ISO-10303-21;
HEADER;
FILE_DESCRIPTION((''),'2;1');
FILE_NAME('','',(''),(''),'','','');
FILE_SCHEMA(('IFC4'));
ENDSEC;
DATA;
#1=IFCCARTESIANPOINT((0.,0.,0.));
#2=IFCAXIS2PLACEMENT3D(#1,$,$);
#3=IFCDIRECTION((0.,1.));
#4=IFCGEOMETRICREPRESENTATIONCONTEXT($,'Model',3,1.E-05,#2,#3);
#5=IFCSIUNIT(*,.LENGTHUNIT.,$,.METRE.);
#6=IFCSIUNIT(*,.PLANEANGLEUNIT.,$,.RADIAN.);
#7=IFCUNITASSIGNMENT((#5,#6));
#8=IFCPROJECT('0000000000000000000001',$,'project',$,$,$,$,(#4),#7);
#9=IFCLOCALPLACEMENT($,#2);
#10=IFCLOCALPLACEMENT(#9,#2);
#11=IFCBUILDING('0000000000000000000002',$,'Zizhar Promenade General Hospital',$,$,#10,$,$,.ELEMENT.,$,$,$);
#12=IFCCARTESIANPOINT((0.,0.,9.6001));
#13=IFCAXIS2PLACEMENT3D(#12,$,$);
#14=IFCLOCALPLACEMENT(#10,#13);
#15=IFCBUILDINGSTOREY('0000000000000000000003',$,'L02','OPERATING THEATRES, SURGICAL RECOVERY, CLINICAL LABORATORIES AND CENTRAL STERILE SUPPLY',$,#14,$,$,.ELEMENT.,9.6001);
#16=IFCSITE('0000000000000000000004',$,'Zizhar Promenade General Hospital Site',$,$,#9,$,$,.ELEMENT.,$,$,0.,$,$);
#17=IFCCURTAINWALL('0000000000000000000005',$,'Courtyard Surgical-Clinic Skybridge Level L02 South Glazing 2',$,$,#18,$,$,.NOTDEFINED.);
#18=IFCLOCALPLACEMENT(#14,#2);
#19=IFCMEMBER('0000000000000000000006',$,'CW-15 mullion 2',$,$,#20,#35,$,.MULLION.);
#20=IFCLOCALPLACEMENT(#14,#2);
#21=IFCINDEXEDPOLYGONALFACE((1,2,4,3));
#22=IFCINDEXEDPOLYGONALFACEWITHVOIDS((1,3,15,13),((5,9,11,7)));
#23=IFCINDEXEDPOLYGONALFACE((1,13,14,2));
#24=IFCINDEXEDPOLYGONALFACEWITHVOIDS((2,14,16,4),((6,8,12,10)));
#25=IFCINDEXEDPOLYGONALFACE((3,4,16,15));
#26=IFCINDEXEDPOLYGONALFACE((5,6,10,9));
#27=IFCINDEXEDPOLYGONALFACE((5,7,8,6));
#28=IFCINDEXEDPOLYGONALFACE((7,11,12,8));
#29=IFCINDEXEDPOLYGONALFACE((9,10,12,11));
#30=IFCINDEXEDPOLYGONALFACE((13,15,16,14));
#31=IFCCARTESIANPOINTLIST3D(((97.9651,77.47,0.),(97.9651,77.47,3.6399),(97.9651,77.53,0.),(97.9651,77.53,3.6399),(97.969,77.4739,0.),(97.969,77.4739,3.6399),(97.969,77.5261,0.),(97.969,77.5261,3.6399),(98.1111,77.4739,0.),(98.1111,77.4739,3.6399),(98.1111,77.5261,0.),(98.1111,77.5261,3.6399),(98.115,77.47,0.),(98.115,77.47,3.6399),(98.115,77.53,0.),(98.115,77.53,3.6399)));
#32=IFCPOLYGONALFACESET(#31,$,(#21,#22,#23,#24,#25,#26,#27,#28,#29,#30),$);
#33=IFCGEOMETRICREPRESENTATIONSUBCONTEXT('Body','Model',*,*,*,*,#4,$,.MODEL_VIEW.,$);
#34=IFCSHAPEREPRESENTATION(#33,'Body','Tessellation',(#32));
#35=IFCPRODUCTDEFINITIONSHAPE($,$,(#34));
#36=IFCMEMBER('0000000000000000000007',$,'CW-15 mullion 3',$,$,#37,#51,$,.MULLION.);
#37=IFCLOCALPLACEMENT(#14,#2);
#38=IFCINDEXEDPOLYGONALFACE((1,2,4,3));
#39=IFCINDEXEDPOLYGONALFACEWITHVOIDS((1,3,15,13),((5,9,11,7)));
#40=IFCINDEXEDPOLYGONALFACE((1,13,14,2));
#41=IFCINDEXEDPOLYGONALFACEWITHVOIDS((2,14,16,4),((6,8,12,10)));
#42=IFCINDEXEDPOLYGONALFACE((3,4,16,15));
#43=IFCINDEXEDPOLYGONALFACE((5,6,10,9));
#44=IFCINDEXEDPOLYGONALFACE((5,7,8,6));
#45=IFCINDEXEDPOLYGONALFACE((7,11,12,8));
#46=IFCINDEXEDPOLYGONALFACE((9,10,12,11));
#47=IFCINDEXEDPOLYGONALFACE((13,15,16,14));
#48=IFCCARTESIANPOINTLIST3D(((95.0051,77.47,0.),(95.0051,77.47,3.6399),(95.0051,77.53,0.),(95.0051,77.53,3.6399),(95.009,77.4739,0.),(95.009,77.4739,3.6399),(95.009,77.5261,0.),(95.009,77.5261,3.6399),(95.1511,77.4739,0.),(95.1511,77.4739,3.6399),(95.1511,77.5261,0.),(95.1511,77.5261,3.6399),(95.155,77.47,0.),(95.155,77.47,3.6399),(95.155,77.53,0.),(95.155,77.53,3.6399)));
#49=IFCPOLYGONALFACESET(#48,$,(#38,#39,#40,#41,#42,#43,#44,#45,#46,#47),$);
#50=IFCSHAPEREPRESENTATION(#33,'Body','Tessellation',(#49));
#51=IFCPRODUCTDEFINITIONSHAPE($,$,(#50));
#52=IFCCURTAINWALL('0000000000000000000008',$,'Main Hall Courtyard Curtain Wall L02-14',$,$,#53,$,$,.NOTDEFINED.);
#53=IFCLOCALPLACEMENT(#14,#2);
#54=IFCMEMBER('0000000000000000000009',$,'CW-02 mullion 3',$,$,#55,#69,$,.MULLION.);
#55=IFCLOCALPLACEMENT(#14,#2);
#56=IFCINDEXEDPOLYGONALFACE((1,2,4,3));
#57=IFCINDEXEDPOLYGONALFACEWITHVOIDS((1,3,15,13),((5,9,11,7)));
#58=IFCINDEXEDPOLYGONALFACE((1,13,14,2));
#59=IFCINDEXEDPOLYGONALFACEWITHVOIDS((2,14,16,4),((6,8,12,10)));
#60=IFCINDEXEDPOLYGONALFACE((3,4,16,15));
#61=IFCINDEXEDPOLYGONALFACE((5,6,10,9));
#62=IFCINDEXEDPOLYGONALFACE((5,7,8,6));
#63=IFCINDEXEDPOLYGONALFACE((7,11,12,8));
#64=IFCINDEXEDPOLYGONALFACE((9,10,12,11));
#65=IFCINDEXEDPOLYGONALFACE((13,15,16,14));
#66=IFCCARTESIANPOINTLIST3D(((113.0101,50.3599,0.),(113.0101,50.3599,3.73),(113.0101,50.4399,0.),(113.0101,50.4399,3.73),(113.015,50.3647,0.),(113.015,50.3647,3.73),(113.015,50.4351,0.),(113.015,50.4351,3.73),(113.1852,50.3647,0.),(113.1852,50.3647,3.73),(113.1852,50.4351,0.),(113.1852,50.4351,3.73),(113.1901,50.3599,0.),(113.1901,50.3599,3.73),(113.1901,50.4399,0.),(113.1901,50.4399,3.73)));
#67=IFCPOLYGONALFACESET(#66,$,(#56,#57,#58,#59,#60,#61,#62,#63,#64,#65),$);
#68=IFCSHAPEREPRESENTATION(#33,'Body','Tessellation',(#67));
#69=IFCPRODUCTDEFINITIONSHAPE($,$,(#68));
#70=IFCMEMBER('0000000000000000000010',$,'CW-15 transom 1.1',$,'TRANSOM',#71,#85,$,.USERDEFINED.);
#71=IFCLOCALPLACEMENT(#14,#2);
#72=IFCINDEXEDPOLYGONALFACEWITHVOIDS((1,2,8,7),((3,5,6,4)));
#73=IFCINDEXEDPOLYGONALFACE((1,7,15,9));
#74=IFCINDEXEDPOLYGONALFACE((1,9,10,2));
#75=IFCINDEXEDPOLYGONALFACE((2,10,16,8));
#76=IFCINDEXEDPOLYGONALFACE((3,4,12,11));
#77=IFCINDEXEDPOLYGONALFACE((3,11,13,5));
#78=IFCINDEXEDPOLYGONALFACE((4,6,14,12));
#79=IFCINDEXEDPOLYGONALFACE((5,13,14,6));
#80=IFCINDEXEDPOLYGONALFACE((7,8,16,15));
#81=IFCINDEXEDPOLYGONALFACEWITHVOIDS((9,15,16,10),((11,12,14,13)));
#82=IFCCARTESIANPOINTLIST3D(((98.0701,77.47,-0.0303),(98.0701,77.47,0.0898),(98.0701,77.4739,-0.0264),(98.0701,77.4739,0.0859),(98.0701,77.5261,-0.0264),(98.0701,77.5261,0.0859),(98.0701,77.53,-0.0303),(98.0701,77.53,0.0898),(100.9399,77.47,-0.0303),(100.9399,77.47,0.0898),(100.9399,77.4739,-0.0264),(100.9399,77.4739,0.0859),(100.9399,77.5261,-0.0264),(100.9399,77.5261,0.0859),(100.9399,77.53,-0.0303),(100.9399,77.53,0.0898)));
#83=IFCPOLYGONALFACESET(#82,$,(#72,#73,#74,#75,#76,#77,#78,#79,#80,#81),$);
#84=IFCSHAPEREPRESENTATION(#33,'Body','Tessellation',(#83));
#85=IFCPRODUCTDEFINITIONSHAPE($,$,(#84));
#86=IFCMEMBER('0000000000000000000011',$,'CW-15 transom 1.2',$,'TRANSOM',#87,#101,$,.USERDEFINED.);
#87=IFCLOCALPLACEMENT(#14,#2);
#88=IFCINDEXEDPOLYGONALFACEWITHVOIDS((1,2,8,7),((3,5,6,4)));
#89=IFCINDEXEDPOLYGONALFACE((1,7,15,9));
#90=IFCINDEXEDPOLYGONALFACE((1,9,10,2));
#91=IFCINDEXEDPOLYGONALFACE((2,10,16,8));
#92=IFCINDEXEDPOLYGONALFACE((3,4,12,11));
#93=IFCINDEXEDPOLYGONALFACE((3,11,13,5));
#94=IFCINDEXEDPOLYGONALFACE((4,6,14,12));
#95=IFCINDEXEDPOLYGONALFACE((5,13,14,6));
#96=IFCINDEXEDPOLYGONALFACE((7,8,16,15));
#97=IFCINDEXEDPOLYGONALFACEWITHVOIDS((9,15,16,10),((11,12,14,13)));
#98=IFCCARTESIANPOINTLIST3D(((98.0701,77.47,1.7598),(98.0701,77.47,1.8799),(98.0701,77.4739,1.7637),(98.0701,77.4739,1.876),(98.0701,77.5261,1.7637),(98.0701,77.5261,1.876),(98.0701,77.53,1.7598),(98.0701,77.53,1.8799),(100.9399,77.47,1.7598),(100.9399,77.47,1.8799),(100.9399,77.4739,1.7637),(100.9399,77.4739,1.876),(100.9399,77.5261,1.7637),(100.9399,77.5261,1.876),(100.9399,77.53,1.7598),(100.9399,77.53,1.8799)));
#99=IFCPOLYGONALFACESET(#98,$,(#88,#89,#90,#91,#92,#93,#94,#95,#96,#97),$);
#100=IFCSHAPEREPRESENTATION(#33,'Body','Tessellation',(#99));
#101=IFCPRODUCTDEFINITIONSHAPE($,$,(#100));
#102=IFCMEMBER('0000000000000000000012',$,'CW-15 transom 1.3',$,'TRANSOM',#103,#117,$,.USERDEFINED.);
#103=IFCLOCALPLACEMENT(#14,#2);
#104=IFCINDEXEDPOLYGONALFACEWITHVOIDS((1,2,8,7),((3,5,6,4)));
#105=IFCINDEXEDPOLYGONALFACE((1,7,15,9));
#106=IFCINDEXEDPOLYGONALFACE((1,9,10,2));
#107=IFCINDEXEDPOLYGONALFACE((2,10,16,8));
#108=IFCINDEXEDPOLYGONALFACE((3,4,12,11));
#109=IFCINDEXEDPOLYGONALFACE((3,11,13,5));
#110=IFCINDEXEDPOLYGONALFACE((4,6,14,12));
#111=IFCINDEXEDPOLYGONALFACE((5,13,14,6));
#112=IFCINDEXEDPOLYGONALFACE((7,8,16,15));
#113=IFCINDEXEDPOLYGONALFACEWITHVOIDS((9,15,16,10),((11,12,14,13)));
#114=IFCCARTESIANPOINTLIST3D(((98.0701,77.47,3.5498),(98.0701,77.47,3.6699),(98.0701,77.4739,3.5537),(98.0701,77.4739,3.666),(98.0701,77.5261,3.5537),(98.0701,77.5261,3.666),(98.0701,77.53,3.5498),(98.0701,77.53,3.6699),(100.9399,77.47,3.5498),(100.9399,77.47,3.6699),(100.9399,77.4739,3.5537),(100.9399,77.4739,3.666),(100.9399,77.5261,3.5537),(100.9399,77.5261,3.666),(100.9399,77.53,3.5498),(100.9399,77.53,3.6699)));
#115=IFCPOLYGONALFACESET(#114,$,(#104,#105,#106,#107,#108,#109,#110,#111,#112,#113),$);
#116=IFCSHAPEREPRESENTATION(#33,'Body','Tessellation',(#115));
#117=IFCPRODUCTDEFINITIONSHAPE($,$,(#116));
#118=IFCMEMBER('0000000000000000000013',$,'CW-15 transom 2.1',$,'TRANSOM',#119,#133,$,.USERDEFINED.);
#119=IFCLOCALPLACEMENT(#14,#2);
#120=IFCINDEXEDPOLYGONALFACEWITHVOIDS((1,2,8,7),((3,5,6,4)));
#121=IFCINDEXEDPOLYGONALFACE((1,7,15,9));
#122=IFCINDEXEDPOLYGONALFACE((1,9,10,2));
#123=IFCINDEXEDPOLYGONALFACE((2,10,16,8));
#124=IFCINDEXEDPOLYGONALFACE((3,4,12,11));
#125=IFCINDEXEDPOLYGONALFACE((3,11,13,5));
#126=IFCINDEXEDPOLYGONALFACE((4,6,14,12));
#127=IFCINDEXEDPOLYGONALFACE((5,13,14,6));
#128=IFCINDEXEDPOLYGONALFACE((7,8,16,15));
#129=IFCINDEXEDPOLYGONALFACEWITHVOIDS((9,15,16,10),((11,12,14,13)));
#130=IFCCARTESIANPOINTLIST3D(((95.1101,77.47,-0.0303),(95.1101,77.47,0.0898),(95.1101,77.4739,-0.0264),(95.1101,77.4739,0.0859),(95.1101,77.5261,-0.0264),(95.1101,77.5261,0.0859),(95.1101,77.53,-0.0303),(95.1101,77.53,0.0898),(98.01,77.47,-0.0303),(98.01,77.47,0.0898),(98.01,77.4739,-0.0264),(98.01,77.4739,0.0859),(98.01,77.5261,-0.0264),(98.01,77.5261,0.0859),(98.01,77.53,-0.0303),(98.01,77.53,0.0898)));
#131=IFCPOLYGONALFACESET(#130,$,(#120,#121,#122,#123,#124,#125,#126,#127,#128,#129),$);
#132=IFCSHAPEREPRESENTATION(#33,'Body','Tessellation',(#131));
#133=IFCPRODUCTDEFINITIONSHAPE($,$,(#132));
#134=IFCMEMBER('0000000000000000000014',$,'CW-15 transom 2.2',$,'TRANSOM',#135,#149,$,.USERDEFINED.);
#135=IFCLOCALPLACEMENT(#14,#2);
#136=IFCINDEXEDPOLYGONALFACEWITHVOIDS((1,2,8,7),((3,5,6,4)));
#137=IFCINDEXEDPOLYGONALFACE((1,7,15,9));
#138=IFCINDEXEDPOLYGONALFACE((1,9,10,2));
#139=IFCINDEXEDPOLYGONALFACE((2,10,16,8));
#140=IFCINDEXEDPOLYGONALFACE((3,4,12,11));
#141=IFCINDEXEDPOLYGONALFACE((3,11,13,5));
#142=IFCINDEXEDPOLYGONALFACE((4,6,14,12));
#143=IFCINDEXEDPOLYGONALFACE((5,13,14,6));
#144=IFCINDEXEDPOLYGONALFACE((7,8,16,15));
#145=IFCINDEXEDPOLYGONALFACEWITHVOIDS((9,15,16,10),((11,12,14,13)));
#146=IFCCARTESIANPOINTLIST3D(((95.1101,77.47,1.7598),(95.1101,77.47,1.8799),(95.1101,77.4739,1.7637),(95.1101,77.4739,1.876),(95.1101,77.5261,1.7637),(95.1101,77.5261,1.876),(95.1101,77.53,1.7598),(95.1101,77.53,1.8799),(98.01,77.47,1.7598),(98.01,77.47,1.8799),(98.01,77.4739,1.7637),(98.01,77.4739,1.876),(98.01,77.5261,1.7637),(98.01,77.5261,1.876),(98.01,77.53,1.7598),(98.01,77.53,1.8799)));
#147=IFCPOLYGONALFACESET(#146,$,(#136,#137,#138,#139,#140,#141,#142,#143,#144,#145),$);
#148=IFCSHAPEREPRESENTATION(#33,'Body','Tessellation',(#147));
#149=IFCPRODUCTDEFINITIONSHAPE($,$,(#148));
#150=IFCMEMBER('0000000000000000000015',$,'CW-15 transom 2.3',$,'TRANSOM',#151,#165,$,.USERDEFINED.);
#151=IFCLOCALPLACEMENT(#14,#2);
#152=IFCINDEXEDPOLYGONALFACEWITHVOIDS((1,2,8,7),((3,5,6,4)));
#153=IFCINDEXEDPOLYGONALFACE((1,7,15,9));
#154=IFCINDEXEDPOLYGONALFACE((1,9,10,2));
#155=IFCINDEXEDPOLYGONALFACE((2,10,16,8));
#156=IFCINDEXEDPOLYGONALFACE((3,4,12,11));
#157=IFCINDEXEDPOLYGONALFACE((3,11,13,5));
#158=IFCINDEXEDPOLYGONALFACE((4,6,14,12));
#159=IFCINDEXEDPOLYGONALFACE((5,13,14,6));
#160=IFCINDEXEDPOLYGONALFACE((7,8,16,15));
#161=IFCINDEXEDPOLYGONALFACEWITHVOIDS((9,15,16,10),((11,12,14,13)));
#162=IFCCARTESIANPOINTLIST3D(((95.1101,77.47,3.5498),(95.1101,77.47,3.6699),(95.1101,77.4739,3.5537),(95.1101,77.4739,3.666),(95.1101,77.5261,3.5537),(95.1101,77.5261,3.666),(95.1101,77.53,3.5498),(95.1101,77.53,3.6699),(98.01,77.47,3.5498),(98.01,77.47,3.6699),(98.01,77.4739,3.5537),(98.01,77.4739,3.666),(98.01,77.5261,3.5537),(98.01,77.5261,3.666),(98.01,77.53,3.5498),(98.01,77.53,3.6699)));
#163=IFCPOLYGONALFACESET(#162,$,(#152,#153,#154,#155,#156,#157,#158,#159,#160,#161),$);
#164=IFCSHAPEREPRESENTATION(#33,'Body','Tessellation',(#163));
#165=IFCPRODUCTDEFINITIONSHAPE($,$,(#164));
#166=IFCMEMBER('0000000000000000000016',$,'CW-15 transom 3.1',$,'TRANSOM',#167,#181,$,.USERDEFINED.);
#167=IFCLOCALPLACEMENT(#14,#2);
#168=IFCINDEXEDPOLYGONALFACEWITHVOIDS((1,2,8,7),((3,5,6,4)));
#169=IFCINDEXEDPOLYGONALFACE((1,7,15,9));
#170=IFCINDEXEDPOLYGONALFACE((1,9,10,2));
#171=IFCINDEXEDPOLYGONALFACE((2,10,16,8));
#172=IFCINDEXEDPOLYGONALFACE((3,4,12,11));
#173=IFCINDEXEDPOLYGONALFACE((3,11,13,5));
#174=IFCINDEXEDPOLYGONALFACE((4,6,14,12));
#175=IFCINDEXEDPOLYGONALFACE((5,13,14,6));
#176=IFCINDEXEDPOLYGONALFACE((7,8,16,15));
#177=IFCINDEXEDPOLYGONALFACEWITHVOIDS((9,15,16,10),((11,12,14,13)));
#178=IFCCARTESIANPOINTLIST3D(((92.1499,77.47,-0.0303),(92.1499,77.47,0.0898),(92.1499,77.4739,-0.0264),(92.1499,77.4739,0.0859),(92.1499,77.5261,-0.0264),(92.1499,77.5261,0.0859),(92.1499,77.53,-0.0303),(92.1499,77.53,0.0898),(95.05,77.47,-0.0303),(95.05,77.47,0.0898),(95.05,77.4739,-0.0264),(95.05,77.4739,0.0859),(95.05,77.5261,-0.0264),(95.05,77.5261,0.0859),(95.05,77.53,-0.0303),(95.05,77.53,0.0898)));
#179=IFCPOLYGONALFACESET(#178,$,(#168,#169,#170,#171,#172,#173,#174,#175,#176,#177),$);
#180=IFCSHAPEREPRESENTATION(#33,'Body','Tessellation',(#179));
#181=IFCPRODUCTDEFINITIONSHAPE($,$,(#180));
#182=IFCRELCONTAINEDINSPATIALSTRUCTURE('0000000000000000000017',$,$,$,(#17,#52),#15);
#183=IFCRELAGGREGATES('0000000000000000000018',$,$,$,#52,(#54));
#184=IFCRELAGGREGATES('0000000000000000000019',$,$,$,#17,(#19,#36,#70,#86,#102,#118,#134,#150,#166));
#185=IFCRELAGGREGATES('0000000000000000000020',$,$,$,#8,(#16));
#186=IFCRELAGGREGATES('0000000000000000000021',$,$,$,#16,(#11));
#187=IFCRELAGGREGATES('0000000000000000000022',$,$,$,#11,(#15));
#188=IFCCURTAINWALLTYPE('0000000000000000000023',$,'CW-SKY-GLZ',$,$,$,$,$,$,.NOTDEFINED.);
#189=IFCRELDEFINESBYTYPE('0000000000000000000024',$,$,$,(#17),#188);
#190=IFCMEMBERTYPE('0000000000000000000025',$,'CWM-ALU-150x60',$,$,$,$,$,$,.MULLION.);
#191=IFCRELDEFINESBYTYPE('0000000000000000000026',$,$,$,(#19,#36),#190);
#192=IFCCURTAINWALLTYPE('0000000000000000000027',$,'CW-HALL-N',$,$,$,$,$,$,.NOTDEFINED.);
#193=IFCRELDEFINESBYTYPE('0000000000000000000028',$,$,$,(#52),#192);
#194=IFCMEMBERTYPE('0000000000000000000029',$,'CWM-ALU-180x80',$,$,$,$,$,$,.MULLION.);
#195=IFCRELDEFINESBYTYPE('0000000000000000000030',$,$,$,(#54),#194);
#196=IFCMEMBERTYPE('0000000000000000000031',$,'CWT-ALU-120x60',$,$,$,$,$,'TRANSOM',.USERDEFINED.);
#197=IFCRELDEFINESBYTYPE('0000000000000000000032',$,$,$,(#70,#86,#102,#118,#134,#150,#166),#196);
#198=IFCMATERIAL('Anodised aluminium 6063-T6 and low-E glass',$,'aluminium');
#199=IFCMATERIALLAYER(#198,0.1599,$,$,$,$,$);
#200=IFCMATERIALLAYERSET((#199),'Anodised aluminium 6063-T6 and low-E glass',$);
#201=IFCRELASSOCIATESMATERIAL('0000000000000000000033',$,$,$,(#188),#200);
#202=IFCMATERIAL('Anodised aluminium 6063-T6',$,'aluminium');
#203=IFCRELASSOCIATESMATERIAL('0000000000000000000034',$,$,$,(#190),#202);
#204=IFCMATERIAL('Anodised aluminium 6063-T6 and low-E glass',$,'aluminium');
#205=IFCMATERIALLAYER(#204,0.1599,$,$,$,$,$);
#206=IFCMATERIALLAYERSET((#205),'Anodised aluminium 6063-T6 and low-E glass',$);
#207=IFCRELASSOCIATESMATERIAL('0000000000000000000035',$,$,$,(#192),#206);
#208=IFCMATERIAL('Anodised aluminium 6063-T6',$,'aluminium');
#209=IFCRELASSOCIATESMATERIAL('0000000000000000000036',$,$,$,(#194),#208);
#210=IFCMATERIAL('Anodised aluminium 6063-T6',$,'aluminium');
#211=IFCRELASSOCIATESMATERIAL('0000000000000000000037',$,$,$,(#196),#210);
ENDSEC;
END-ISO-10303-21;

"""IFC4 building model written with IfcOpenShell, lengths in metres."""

from ifc_helpers import new_model, si_unit, direction, frame, origin, origin_2d, place, context, subcontext, project, spatial, hollow_rectangle, extrude, material, layer, layer_set, material_profile, profile_set, type_object, element, aggregate, save


model = new_model("IFC4")

# Units and contexts
model_context = context("Model", 3, precision=1e-05, world=origin(), true_north=direction((0.0, 1.0)))
body_context = subcontext(model_context, "Body", "Model", "MODEL_VIEW")
ifc_project = project(units=[si_unit("LENGTHUNIT", "METRE"), si_unit("PLANEANGLEUNIT", "RADIAN")], contexts=[model_context])

# Site, building, storey
site_placement = place(None, origin())
site = spatial("IfcSite", under=ifc_project, at=site_placement, Name="Zizhar Promenade General Hospital Site", CompositionType="ELEMENT", RefElevation=0.0)
building_placement = place(site_placement, origin())
building = spatial("IfcBuilding", under=site, at=building_placement, Name="Zizhar Promenade General Hospital", CompositionType="ELEMENT")
storey_placement = place(building_placement, frame((0.0, 0.0, 9.6001)))
storey = spatial("IfcBuildingStorey", under=building, at=storey_placement, Name="L02", Description="OPERATING THEATRES, SURGICAL RECOVERY, CLINICAL LABORATORIES AND CENTRAL STERILE SUPPLY", CompositionType="ELEMENT", Elevation=9.6001)

# Curtain wall, members
ifc_material_1 = material(Name="Anodised aluminium 6063-T6 and low-E glass", Category="aluminium")
ifc_layer_1 = layer(ifc_material_1, 0.1599)
ifc_layer_set_1 = layer_set([ifc_layer_1], Name="Anodised aluminium 6063-T6 and low-E glass")
curtain_wall_type_1 = type_object("IfcCurtainWallType", Name="CW-SKY-GLZ", PredefinedType="NOTDEFINED", material=ifc_layer_set_1)
curtain_wall_1_placement = place(storey_placement, origin())
curtain_wall_1 = element("IfcCurtainWall", 1, at=curtain_wall_1_placement, inside=storey, type_object=curtain_wall_type_1, Name="Courtyard Surgical-Clinic Skybridge Level L02 South Glazing 2", PredefinedType="NOTDEFINED")
ifc_material_2 = material(Name="Anodised aluminium 6063-T6", Category="aluminium")
ifc_material_profile_1 = material_profile(ifc_material_2, hollow_rectangle(XDim=0.0601, YDim=0.1499, WallThickness=0.0039, at=origin_2d()))
ifc_profile_set_1 = profile_set([ifc_material_profile_1], Name="Anodised aluminium 6063-T6")
member_type_1 = type_object("IfcMemberType", Name="CWM-ALU-150x60", PredefinedType="MULLION", material=ifc_profile_set_1)
member_1_placement = place(storey_placement, frame((98.04, 77.5, 0.0), z_axis=(0.0, 0.0, 1.0), x_axis=(0.0, -1.0, 0.0)))
member_1 = element("IfcMember", 2, at=member_1_placement, type_object=member_type_1, Name="CW-15 mullion 2", PredefinedType="MULLION", context=body_context, shape_type="SweptSolid", body=[
    extrude(hollow_rectangle(XDim=0.0601, YDim=0.1499, WallThickness=0.0039, at=origin_2d()), origin(), (0.0, 0.0, 1.0), 3.6399),
])
member_2_placement = place(storey_placement, frame((95.0801, 77.5, 0.0), z_axis=(0.0, 0.0, 1.0), x_axis=(0.0, -1.0, 0.0)))
member_2 = element("IfcMember", 3, at=member_2_placement, type_object=member_type_1, Name="CW-15 mullion 3", PredefinedType="MULLION", context=body_context, shape_type="SweptSolid", body=[
    extrude(hollow_rectangle(XDim=0.0601, YDim=0.1499, WallThickness=0.0039, at=origin_2d()), origin(), (0.0, 0.0, 1.0), 3.6399),
])

# Curtain wall, member
ifc_material_3 = material(Name="Anodised aluminium 6063-T6 and low-E glass", Category="aluminium")
ifc_layer_2 = layer(ifc_material_3, 0.1599)
ifc_layer_set_2 = layer_set([ifc_layer_2], Name="Anodised aluminium 6063-T6 and low-E glass")
curtain_wall_type_2 = type_object("IfcCurtainWallType", Name="CW-HALL-N", PredefinedType="NOTDEFINED", material=ifc_layer_set_2)
curtain_wall_2_placement = place(storey_placement, origin())
curtain_wall_2 = element("IfcCurtainWall", 4, at=curtain_wall_2_placement, inside=storey, type_object=curtain_wall_type_2, Name="Main Hall Courtyard Curtain Wall L02-14", PredefinedType="NOTDEFINED")
ifc_material_4 = material(Name="Anodised aluminium 6063-T6", Category="aluminium")
ifc_material_profile_2 = material_profile(ifc_material_4, hollow_rectangle(XDim=0.0801, YDim=0.1799, WallThickness=0.0049, at=origin_2d()))
ifc_profile_set_2 = profile_set([ifc_material_profile_2], Name="Anodised aluminium 6063-T6")
member_type_2 = type_object("IfcMemberType", Name="CWM-ALU-180x80", PredefinedType="MULLION", material=ifc_profile_set_2)
member_3_placement = place(storey_placement, frame((113.1001, 50.3999, 0.0), z_axis=(0.0, 0.0, 1.0), x_axis=(0.0, 1.0, 0.0)))
member_3 = element("IfcMember", 5, at=member_3_placement, type_object=member_type_2, Name="CW-02 mullion 3", PredefinedType="MULLION", context=body_context, shape_type="SweptSolid", body=[
    extrude(hollow_rectangle(XDim=0.0801, YDim=0.1799, WallThickness=0.0049, at=origin_2d()), origin(), (0.0, 0.0, 1.0), 3.73),
])

# Members
ifc_material_5 = material(Name="Anodised aluminium 6063-T6", Category="aluminium")
ifc_material_profile_3 = material_profile(ifc_material_5, hollow_rectangle(XDim=0.0601, YDim=0.1201, WallThickness=0.0039, at=origin_2d()))
ifc_profile_set_3 = profile_set([ifc_material_profile_3], Name="Anodised aluminium 6063-T6")
member_type_3 = type_object("IfcMemberType", Name="CWT-ALU-120x60", ElementType="TRANSOM", PredefinedType="USERDEFINED", material=ifc_profile_set_3)
member_4_placement = place(storey_placement, frame((100.9399, 77.5, 0.0298), z_axis=(-1.0, 0.0, 0.0), x_axis=(0.0, -1.0, 0.0)))
member_4 = element("IfcMember", 6, at=member_4_placement, type_object=member_type_3, Name="CW-15 transom 1.1", ObjectType="TRANSOM", PredefinedType="USERDEFINED", context=body_context, shape_type="SweptSolid", body=[
    extrude(hollow_rectangle(XDim=0.0601, YDim=0.1201, WallThickness=0.0039, at=origin_2d()), origin(), (0.0, 0.0, 1.0), 2.8699),
])
member_5_placement = place(storey_placement, frame((100.9399, 77.5, 1.8198), z_axis=(-1.0, 0.0, 0.0), x_axis=(0.0, -1.0, 0.0)))
member_5 = element("IfcMember", 7, at=member_5_placement, type_object=member_type_3, Name="CW-15 transom 1.2", ObjectType="TRANSOM", PredefinedType="USERDEFINED", context=body_context, shape_type="SweptSolid", body=[
    extrude(hollow_rectangle(XDim=0.0601, YDim=0.1201, WallThickness=0.0039, at=origin_2d()), origin(), (0.0, 0.0, 1.0), 2.8699),
])
member_6_placement = place(storey_placement, frame((100.9399, 77.5, 3.6099), z_axis=(-1.0, 0.0, 0.0), x_axis=(0.0, -1.0, 0.0)))
member_6 = element("IfcMember", 8, at=member_6_placement, type_object=member_type_3, Name="CW-15 transom 1.3", ObjectType="TRANSOM", PredefinedType="USERDEFINED", context=body_context, shape_type="SweptSolid", body=[
    extrude(hollow_rectangle(XDim=0.0601, YDim=0.1201, WallThickness=0.0039, at=origin_2d()), origin(), (0.0, 0.0, 1.0), 2.8699),
])
member_7_placement = place(storey_placement, frame((98.01, 77.5, 0.0298), z_axis=(-1.0, 0.0, 0.0), x_axis=(0.0, -1.0, 0.0)))
member_7 = element("IfcMember", 9, at=member_7_placement, type_object=member_type_3, Name="CW-15 transom 2.1", ObjectType="TRANSOM", PredefinedType="USERDEFINED", context=body_context, shape_type="SweptSolid", body=[
    extrude(hollow_rectangle(XDim=0.0601, YDim=0.1201, WallThickness=0.0039, at=origin_2d()), origin(), (0.0, 0.0, 1.0), 2.8999),
])
member_8_placement = place(storey_placement, frame((98.01, 77.5, 1.8198), z_axis=(-1.0, 0.0, 0.0), x_axis=(0.0, -1.0, 0.0)))
member_8 = element("IfcMember", 10, at=member_8_placement, type_object=member_type_3, Name="CW-15 transom 2.2", ObjectType="TRANSOM", PredefinedType="USERDEFINED", context=body_context, shape_type="SweptSolid", body=[
    extrude(hollow_rectangle(XDim=0.0601, YDim=0.1201, WallThickness=0.0039, at=origin_2d()), origin(), (0.0, 0.0, 1.0), 2.8999),
])
member_9_placement = place(storey_placement, frame((98.01, 77.5, 3.6099), z_axis=(-1.0, 0.0, 0.0), x_axis=(0.0, -1.0, 0.0)))
member_9 = element("IfcMember", 11, at=member_9_placement, type_object=member_type_3, Name="CW-15 transom 2.3", ObjectType="TRANSOM", PredefinedType="USERDEFINED", context=body_context, shape_type="SweptSolid", body=[
    extrude(hollow_rectangle(XDim=0.0601, YDim=0.1201, WallThickness=0.0039, at=origin_2d()), origin(), (0.0, 0.0, 1.0), 2.8999),
])
member_10_placement = place(storey_placement, frame((95.05, 77.5, 0.0298), z_axis=(-1.0, 0.0, 0.0), x_axis=(0.0, -1.0, 0.0)))
member_10 = element("IfcMember", 12, at=member_10_placement, type_object=member_type_3, Name="CW-15 transom 3.1", ObjectType="TRANSOM", PredefinedType="USERDEFINED", context=body_context, shape_type="SweptSolid", body=[
    extrude(hollow_rectangle(XDim=0.0601, YDim=0.1201, WallThickness=0.0039, at=origin_2d()), origin(), (0.0, 0.0, 1.0), 2.9001),
])

aggregate(curtain_wall_2, [member_3])
aggregate(curtain_wall_1, [member_1, member_2, member_4, member_5, member_6, member_7, member_8, member_9, member_10])

save(model, "model.ifc")
